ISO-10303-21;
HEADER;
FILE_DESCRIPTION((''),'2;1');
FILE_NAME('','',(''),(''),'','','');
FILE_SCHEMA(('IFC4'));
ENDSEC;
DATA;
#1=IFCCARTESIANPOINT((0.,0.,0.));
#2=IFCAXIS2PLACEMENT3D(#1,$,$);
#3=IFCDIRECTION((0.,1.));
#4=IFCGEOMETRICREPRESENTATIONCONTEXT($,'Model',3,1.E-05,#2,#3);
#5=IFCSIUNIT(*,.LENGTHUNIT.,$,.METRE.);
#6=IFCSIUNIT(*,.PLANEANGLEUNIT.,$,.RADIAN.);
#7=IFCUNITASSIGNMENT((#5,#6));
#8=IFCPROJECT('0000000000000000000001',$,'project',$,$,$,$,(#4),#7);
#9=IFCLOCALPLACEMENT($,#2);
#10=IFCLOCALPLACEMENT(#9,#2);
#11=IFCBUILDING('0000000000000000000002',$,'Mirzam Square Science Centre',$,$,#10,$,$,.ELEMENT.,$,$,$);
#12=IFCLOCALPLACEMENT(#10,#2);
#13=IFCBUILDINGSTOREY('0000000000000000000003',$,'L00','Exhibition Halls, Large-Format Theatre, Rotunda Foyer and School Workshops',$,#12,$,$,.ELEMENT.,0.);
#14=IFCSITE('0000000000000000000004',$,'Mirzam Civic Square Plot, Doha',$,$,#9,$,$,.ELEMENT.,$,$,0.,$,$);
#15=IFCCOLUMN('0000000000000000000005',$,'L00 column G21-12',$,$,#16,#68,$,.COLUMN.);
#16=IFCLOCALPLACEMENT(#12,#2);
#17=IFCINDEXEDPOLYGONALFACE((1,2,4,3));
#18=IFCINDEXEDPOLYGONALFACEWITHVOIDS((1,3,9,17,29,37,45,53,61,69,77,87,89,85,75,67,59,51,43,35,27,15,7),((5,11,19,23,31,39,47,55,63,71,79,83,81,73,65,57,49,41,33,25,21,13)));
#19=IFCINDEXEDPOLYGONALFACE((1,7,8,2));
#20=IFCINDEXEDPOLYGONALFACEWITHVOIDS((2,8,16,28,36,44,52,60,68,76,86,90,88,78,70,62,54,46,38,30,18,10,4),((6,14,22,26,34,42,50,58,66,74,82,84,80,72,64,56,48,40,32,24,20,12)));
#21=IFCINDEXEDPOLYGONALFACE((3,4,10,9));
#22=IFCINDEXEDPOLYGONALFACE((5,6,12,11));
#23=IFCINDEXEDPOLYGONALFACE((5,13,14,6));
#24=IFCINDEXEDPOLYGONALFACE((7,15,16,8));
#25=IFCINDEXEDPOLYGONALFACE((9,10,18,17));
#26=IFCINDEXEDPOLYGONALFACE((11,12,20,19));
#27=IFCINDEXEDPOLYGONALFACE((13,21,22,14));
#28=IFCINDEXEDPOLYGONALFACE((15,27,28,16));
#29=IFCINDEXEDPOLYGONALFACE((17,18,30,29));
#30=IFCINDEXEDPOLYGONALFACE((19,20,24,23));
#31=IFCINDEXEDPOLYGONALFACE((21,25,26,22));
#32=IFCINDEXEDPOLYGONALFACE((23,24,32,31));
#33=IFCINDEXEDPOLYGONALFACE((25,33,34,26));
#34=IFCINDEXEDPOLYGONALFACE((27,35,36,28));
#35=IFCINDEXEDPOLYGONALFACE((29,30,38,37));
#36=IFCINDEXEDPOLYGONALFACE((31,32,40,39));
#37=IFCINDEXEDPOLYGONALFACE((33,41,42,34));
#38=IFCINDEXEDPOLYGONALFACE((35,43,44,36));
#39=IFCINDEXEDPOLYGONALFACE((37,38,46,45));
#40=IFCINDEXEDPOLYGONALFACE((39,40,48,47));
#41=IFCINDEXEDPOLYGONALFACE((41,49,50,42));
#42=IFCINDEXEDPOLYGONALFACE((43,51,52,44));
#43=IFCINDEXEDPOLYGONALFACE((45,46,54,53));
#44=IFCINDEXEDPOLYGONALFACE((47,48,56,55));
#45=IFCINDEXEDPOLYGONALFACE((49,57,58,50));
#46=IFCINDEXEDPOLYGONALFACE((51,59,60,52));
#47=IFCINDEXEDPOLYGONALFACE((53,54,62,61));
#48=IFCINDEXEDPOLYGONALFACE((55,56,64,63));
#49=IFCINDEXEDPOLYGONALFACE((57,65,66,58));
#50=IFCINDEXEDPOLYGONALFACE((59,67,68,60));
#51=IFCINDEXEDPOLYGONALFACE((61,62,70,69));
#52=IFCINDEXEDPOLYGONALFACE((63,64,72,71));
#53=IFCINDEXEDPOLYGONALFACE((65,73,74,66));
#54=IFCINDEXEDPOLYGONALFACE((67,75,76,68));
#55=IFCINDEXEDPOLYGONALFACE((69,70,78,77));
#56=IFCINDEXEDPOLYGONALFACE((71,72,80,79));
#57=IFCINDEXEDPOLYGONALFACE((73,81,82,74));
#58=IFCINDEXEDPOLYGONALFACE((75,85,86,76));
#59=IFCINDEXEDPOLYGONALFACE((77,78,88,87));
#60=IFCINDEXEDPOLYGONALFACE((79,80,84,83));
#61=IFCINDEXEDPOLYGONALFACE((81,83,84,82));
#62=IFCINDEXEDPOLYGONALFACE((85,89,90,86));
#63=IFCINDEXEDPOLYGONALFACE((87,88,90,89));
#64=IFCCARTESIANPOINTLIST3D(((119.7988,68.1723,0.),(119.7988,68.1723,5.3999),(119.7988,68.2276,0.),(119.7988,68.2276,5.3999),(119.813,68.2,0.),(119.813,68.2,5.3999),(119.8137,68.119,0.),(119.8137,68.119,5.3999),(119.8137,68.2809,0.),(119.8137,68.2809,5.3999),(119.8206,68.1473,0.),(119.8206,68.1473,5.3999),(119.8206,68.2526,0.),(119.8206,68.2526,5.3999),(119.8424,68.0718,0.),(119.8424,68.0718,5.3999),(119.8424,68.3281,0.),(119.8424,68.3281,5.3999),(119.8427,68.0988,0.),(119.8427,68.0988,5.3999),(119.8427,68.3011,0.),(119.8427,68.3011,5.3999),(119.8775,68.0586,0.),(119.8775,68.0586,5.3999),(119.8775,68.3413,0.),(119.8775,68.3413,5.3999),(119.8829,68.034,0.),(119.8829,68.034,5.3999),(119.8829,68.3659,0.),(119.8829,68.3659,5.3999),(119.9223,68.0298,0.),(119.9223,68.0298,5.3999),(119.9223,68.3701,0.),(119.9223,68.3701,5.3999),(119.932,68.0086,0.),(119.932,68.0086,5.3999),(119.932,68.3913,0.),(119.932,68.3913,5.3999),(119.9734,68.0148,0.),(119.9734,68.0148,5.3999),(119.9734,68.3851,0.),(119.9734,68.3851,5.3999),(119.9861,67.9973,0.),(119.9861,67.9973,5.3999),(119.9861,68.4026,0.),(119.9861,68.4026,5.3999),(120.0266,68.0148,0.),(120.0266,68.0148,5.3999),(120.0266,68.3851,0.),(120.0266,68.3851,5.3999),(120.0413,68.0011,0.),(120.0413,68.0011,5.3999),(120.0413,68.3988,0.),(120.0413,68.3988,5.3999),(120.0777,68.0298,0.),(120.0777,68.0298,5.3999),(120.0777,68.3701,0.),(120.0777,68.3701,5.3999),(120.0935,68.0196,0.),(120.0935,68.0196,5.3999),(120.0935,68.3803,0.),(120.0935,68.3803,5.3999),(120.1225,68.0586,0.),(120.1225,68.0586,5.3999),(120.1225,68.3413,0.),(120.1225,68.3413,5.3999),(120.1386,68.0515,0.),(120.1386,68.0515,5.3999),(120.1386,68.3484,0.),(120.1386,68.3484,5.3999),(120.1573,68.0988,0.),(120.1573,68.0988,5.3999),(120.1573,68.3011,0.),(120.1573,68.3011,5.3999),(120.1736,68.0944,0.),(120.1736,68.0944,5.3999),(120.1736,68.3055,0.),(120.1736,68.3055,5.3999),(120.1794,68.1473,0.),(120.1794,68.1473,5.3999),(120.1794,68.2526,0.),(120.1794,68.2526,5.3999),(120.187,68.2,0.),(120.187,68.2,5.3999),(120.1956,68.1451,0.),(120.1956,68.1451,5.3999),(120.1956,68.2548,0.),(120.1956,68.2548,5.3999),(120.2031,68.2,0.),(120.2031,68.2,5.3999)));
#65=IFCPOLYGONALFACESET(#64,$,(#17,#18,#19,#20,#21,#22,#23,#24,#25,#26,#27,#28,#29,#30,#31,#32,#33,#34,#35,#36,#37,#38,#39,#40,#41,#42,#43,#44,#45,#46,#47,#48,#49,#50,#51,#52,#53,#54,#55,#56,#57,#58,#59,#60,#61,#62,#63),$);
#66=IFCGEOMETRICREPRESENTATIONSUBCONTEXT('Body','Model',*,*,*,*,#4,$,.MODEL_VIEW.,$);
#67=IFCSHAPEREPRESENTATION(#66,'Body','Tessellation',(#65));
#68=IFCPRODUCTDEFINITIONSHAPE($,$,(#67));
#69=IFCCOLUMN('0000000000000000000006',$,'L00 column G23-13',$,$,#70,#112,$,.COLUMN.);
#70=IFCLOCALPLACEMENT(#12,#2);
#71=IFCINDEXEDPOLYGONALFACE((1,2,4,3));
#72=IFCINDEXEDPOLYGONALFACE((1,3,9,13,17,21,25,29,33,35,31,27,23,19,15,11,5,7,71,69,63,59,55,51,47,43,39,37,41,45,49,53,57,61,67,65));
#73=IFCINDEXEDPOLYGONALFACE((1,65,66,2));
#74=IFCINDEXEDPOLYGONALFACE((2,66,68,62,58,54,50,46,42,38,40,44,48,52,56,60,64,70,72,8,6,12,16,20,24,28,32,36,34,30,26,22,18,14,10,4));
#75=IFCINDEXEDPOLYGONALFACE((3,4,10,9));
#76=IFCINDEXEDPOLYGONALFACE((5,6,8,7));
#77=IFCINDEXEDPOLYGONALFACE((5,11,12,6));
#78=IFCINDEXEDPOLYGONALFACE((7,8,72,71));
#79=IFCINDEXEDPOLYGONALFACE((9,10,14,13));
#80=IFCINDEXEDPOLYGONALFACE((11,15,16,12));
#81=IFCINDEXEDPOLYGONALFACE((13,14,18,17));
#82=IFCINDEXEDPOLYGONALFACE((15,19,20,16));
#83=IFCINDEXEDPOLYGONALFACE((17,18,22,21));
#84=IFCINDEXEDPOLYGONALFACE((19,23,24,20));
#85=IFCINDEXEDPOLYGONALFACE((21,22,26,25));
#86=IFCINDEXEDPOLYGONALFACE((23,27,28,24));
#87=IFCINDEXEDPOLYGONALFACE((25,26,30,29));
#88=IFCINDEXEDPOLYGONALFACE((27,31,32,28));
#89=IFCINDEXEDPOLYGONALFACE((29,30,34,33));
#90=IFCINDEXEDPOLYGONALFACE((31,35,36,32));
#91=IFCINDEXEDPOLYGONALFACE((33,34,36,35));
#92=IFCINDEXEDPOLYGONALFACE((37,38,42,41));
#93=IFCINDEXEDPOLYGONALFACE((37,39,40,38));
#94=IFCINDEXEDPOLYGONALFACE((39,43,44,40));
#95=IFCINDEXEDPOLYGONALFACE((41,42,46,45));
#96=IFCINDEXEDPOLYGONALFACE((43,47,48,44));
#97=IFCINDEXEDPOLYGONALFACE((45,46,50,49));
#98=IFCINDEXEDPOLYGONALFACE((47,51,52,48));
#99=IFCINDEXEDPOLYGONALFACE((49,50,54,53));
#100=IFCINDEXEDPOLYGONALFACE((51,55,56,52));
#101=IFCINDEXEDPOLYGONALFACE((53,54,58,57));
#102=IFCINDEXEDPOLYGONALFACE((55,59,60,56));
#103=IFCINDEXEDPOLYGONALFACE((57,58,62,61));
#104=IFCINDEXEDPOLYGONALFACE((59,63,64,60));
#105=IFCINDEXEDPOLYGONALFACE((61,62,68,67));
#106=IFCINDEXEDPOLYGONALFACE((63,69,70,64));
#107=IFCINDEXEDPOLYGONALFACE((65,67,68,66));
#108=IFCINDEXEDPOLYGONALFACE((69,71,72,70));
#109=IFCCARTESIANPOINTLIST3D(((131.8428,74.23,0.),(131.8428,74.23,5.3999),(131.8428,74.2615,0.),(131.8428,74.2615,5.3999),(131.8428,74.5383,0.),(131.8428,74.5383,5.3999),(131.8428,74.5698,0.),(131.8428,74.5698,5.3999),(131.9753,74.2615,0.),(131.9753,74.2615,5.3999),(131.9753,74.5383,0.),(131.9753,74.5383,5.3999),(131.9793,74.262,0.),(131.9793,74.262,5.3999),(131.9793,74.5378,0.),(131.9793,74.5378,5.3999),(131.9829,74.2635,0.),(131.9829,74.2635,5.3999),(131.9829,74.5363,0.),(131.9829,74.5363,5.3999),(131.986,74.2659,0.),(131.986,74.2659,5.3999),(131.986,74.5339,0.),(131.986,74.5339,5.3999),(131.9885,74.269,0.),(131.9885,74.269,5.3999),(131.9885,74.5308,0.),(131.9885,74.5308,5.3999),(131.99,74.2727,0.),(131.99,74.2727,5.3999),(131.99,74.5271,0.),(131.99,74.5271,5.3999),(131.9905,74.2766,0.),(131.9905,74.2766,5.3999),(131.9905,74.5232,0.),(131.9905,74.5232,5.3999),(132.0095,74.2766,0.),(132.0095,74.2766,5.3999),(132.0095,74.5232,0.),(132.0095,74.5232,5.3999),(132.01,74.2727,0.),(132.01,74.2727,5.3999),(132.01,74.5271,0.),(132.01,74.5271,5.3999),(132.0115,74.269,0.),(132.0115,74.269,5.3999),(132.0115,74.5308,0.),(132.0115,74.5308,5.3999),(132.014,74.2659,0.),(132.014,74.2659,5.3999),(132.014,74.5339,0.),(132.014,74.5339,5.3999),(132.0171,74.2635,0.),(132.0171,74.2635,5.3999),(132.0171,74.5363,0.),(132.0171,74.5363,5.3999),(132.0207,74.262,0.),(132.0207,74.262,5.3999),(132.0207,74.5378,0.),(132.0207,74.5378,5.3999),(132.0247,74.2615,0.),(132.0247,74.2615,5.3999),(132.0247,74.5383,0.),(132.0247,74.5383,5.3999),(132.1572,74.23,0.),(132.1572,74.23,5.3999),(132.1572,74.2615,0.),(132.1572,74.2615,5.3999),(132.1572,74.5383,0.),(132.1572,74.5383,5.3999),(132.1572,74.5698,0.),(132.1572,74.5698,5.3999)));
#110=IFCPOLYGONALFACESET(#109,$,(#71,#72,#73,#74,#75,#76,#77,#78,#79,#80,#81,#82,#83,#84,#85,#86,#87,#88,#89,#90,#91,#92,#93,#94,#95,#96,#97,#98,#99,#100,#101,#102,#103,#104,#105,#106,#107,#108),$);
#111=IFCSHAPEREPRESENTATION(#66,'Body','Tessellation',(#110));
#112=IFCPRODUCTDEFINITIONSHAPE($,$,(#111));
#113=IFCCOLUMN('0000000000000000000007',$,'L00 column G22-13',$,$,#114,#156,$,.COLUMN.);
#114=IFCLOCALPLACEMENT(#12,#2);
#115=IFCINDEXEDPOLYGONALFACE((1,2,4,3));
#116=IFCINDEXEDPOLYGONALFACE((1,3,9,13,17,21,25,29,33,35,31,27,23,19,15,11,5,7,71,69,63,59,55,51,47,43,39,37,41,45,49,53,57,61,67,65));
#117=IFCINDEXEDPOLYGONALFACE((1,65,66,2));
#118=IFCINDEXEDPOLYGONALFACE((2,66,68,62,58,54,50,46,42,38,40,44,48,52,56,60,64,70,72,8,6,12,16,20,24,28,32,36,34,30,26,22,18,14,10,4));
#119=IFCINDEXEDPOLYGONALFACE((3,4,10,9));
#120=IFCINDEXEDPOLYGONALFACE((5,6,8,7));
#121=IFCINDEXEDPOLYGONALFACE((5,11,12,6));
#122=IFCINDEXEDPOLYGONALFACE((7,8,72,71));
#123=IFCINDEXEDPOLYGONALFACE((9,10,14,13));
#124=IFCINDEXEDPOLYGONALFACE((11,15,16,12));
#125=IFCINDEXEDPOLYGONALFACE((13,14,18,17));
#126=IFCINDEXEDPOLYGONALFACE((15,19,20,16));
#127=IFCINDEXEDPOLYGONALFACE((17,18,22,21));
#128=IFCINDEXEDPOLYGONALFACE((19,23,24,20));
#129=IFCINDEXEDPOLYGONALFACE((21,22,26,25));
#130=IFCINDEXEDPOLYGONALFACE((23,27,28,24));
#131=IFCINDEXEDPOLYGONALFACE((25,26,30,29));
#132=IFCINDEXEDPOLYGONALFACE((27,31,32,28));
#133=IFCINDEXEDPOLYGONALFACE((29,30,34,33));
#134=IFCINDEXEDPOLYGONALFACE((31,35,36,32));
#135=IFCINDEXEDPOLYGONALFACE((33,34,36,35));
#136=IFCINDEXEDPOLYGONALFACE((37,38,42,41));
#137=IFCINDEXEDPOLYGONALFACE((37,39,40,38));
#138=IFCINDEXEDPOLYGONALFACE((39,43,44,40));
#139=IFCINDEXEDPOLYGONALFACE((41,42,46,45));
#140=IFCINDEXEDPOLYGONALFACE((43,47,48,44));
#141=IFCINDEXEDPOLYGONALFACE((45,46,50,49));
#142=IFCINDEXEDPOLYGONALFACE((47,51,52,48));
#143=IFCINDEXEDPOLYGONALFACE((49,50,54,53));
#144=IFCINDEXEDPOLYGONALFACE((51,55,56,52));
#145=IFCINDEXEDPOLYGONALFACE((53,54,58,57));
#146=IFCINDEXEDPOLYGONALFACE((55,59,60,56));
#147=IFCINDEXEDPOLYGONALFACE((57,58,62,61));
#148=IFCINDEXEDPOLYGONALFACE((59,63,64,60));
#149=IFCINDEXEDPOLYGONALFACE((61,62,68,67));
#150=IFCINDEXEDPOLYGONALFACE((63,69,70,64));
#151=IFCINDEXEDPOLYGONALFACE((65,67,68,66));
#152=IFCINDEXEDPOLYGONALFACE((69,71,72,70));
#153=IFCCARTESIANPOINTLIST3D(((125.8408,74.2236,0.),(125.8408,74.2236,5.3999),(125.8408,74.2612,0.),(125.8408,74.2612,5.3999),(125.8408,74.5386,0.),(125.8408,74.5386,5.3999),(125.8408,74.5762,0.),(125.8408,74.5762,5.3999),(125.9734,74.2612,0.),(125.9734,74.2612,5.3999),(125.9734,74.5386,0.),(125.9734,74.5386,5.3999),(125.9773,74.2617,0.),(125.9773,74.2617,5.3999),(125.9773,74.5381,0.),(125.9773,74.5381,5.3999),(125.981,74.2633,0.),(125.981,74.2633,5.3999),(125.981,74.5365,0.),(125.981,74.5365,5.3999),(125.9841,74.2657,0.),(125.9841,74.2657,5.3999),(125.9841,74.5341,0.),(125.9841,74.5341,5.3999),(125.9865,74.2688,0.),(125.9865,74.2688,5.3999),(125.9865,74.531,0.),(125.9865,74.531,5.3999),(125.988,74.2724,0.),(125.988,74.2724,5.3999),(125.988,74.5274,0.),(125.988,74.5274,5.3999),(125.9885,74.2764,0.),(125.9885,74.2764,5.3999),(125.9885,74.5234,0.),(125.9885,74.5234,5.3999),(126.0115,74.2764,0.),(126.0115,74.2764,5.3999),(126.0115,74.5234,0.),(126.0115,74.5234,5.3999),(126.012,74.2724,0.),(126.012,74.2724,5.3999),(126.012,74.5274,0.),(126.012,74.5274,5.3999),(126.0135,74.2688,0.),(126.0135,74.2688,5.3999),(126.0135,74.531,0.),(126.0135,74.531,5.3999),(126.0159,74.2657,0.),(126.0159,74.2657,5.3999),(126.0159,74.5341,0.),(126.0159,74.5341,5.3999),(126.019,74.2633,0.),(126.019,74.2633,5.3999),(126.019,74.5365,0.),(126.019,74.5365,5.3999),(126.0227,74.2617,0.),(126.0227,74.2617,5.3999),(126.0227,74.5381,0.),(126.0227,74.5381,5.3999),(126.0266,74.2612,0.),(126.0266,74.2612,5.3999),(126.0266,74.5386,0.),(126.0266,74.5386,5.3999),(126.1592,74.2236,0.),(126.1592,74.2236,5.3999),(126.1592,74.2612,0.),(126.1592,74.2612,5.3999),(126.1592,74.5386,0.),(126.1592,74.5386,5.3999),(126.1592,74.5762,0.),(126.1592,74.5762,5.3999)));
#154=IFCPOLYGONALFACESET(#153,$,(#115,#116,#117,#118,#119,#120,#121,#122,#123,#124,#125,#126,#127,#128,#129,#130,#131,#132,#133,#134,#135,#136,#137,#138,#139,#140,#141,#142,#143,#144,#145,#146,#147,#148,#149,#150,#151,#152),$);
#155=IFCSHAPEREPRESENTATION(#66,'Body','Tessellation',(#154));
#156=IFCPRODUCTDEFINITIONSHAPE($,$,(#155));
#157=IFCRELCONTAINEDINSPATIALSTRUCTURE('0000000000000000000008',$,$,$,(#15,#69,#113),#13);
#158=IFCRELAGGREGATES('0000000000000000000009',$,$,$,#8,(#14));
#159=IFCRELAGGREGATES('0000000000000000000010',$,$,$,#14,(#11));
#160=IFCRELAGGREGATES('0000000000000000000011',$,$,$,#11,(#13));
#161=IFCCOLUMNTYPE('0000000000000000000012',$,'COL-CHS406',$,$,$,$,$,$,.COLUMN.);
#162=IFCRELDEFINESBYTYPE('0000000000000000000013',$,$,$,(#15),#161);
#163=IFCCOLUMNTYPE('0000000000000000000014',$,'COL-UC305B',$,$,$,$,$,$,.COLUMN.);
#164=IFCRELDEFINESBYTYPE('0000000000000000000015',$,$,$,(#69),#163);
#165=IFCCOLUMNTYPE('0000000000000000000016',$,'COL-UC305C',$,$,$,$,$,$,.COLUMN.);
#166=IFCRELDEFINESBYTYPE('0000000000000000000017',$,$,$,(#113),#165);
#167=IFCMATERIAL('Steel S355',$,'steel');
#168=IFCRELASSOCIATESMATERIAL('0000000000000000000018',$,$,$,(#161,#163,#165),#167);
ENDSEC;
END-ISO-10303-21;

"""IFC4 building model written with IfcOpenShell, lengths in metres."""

from ifc_helpers import new_model, si_unit, direction, frame, origin, origin_2d, place, context, subcontext, project, spatial, hollow_circle, i_section, extrude, material, material_profile, profile_set, type_object, element, save


model = new_model("IFC4")

# Units and contexts
model_context = context("Model", 3, precision=1e-05, world=origin(), true_north=direction((0.0, 1.0)))
body_context = subcontext(model_context, "Body", "Model", "MODEL_VIEW")
ifc_project = project(units=[si_unit("LENGTHUNIT", "METRE"), si_unit("PLANEANGLEUNIT", "RADIAN")], contexts=[model_context])

# Site, building, storey
site_placement = place(None, origin())
site = spatial("IfcSite", under=ifc_project, at=site_placement, Name="Mirzam Civic Square Plot, Doha", CompositionType="ELEMENT", RefElevation=0.0)
building_placement = place(site_placement, origin())
building = spatial("IfcBuilding", under=site, at=building_placement, Name="Mirzam Square Science Centre", CompositionType="ELEMENT")
storey_placement = place(building_placement, origin())
storey = spatial("IfcBuildingStorey", under=building, at=storey_placement, Name="L00", Description="Exhibition Halls, Large-Format Theatre, Rotunda Foyer and School Workshops", CompositionType="ELEMENT", Elevation=0.0)

# Columns
ifc_material_1 = material(Name="Steel S355", Category="steel")
ifc_material_profile_1 = material_profile(ifc_material_1, hollow_circle(Radius=0.2031, WallThickness=0.0161, at=origin_2d()), Name="406.4x16.0CHS")
ifc_profile_set_1 = profile_set([ifc_material_profile_1], Name="Steel S355")
column_type_1 = type_object("IfcColumnType", Name="COL-CHS406", PredefinedType="COLUMN", material=ifc_profile_set_1)
column_1_placement = place(storey_placement, frame((120.0, 68.2, 0.0), z_axis=(0.0, 0.0, 1.0), x_axis=(1.0, 0.0, 0.0)))
element("IfcColumn", 1, at=column_1_placement, inside=storey, type_object=column_type_1, Name="L00 column G21-12", PredefinedType="COLUMN", context=body_context, shape_type="SweptSolid", body=[
    extrude(hollow_circle(Radius=0.2031, WallThickness=0.0161, at=origin_2d()), origin(), (0.0, 0.0, 1.0), 5.3999),
])
ifc_material_profile_2 = material_profile(ifc_material_1, i_section(OverallWidth=0.3145, OverallDepth=0.3398, WebThickness=0.019, FlangeThickness=0.0315, FilletRadius=0.0151, at=origin_2d()), Name="305x305x198UC")
ifc_profile_set_2 = profile_set([ifc_material_profile_2], Name="Steel S355")
column_type_2 = type_object("IfcColumnType", Name="COL-UC305B", PredefinedType="COLUMN", material=ifc_profile_set_2)
column_2_placement = place(storey_placement, frame((132.0, 74.3999, 0.0), z_axis=(0.0, 0.0, 1.0), x_axis=(1.0, 0.0, 0.0)))
element("IfcColumn", 2, at=column_2_placement, inside=storey, type_object=column_type_2, Name="L00 column G23-13", PredefinedType="COLUMN", context=body_context, shape_type="SweptSolid", body=[
    extrude(i_section(OverallWidth=0.3145, OverallDepth=0.3398, WebThickness=0.019, FlangeThickness=0.0315, FilletRadius=0.0151, at=origin_2d()), origin(), (0.0, 0.0, 1.0), 5.3999),
])
ifc_material_profile_3 = material_profile(ifc_material_1, i_section(OverallWidth=0.3184, OverallDepth=0.3525, WebThickness=0.0229, FlangeThickness=0.0376, FilletRadius=0.0151, at=origin_2d()), Name="305x305x240UC")
ifc_profile_set_3 = profile_set([ifc_material_profile_3], Name="Steel S355")
column_type_3 = type_object("IfcColumnType", Name="COL-UC305C", PredefinedType="COLUMN", material=ifc_profile_set_3)
for number, where, z_axis, x_axis, name in (
    (3, (126.0, 74.3999, 0.0), (0.0, 0.0, 1.0), (1.0, 0.0, 0.0), "L00 column G22-13"),
):
    element("IfcColumn", number, at=place(storey_placement, frame(where, z_axis=z_axis, x_axis=x_axis)), inside=storey, type_object=column_type_3, Name=name, PredefinedType="COLUMN", context=body_context, shape_type="SweptSolid", body=[
        extrude(i_section(OverallWidth=0.3184, OverallDepth=0.3525, WebThickness=0.0229, FlangeThickness=0.0376, FilletRadius=0.0151, at=origin_2d()), origin(), (0.0, 0.0, 1.0), 5.3999),
    ])

save(model, "model.ifc")
